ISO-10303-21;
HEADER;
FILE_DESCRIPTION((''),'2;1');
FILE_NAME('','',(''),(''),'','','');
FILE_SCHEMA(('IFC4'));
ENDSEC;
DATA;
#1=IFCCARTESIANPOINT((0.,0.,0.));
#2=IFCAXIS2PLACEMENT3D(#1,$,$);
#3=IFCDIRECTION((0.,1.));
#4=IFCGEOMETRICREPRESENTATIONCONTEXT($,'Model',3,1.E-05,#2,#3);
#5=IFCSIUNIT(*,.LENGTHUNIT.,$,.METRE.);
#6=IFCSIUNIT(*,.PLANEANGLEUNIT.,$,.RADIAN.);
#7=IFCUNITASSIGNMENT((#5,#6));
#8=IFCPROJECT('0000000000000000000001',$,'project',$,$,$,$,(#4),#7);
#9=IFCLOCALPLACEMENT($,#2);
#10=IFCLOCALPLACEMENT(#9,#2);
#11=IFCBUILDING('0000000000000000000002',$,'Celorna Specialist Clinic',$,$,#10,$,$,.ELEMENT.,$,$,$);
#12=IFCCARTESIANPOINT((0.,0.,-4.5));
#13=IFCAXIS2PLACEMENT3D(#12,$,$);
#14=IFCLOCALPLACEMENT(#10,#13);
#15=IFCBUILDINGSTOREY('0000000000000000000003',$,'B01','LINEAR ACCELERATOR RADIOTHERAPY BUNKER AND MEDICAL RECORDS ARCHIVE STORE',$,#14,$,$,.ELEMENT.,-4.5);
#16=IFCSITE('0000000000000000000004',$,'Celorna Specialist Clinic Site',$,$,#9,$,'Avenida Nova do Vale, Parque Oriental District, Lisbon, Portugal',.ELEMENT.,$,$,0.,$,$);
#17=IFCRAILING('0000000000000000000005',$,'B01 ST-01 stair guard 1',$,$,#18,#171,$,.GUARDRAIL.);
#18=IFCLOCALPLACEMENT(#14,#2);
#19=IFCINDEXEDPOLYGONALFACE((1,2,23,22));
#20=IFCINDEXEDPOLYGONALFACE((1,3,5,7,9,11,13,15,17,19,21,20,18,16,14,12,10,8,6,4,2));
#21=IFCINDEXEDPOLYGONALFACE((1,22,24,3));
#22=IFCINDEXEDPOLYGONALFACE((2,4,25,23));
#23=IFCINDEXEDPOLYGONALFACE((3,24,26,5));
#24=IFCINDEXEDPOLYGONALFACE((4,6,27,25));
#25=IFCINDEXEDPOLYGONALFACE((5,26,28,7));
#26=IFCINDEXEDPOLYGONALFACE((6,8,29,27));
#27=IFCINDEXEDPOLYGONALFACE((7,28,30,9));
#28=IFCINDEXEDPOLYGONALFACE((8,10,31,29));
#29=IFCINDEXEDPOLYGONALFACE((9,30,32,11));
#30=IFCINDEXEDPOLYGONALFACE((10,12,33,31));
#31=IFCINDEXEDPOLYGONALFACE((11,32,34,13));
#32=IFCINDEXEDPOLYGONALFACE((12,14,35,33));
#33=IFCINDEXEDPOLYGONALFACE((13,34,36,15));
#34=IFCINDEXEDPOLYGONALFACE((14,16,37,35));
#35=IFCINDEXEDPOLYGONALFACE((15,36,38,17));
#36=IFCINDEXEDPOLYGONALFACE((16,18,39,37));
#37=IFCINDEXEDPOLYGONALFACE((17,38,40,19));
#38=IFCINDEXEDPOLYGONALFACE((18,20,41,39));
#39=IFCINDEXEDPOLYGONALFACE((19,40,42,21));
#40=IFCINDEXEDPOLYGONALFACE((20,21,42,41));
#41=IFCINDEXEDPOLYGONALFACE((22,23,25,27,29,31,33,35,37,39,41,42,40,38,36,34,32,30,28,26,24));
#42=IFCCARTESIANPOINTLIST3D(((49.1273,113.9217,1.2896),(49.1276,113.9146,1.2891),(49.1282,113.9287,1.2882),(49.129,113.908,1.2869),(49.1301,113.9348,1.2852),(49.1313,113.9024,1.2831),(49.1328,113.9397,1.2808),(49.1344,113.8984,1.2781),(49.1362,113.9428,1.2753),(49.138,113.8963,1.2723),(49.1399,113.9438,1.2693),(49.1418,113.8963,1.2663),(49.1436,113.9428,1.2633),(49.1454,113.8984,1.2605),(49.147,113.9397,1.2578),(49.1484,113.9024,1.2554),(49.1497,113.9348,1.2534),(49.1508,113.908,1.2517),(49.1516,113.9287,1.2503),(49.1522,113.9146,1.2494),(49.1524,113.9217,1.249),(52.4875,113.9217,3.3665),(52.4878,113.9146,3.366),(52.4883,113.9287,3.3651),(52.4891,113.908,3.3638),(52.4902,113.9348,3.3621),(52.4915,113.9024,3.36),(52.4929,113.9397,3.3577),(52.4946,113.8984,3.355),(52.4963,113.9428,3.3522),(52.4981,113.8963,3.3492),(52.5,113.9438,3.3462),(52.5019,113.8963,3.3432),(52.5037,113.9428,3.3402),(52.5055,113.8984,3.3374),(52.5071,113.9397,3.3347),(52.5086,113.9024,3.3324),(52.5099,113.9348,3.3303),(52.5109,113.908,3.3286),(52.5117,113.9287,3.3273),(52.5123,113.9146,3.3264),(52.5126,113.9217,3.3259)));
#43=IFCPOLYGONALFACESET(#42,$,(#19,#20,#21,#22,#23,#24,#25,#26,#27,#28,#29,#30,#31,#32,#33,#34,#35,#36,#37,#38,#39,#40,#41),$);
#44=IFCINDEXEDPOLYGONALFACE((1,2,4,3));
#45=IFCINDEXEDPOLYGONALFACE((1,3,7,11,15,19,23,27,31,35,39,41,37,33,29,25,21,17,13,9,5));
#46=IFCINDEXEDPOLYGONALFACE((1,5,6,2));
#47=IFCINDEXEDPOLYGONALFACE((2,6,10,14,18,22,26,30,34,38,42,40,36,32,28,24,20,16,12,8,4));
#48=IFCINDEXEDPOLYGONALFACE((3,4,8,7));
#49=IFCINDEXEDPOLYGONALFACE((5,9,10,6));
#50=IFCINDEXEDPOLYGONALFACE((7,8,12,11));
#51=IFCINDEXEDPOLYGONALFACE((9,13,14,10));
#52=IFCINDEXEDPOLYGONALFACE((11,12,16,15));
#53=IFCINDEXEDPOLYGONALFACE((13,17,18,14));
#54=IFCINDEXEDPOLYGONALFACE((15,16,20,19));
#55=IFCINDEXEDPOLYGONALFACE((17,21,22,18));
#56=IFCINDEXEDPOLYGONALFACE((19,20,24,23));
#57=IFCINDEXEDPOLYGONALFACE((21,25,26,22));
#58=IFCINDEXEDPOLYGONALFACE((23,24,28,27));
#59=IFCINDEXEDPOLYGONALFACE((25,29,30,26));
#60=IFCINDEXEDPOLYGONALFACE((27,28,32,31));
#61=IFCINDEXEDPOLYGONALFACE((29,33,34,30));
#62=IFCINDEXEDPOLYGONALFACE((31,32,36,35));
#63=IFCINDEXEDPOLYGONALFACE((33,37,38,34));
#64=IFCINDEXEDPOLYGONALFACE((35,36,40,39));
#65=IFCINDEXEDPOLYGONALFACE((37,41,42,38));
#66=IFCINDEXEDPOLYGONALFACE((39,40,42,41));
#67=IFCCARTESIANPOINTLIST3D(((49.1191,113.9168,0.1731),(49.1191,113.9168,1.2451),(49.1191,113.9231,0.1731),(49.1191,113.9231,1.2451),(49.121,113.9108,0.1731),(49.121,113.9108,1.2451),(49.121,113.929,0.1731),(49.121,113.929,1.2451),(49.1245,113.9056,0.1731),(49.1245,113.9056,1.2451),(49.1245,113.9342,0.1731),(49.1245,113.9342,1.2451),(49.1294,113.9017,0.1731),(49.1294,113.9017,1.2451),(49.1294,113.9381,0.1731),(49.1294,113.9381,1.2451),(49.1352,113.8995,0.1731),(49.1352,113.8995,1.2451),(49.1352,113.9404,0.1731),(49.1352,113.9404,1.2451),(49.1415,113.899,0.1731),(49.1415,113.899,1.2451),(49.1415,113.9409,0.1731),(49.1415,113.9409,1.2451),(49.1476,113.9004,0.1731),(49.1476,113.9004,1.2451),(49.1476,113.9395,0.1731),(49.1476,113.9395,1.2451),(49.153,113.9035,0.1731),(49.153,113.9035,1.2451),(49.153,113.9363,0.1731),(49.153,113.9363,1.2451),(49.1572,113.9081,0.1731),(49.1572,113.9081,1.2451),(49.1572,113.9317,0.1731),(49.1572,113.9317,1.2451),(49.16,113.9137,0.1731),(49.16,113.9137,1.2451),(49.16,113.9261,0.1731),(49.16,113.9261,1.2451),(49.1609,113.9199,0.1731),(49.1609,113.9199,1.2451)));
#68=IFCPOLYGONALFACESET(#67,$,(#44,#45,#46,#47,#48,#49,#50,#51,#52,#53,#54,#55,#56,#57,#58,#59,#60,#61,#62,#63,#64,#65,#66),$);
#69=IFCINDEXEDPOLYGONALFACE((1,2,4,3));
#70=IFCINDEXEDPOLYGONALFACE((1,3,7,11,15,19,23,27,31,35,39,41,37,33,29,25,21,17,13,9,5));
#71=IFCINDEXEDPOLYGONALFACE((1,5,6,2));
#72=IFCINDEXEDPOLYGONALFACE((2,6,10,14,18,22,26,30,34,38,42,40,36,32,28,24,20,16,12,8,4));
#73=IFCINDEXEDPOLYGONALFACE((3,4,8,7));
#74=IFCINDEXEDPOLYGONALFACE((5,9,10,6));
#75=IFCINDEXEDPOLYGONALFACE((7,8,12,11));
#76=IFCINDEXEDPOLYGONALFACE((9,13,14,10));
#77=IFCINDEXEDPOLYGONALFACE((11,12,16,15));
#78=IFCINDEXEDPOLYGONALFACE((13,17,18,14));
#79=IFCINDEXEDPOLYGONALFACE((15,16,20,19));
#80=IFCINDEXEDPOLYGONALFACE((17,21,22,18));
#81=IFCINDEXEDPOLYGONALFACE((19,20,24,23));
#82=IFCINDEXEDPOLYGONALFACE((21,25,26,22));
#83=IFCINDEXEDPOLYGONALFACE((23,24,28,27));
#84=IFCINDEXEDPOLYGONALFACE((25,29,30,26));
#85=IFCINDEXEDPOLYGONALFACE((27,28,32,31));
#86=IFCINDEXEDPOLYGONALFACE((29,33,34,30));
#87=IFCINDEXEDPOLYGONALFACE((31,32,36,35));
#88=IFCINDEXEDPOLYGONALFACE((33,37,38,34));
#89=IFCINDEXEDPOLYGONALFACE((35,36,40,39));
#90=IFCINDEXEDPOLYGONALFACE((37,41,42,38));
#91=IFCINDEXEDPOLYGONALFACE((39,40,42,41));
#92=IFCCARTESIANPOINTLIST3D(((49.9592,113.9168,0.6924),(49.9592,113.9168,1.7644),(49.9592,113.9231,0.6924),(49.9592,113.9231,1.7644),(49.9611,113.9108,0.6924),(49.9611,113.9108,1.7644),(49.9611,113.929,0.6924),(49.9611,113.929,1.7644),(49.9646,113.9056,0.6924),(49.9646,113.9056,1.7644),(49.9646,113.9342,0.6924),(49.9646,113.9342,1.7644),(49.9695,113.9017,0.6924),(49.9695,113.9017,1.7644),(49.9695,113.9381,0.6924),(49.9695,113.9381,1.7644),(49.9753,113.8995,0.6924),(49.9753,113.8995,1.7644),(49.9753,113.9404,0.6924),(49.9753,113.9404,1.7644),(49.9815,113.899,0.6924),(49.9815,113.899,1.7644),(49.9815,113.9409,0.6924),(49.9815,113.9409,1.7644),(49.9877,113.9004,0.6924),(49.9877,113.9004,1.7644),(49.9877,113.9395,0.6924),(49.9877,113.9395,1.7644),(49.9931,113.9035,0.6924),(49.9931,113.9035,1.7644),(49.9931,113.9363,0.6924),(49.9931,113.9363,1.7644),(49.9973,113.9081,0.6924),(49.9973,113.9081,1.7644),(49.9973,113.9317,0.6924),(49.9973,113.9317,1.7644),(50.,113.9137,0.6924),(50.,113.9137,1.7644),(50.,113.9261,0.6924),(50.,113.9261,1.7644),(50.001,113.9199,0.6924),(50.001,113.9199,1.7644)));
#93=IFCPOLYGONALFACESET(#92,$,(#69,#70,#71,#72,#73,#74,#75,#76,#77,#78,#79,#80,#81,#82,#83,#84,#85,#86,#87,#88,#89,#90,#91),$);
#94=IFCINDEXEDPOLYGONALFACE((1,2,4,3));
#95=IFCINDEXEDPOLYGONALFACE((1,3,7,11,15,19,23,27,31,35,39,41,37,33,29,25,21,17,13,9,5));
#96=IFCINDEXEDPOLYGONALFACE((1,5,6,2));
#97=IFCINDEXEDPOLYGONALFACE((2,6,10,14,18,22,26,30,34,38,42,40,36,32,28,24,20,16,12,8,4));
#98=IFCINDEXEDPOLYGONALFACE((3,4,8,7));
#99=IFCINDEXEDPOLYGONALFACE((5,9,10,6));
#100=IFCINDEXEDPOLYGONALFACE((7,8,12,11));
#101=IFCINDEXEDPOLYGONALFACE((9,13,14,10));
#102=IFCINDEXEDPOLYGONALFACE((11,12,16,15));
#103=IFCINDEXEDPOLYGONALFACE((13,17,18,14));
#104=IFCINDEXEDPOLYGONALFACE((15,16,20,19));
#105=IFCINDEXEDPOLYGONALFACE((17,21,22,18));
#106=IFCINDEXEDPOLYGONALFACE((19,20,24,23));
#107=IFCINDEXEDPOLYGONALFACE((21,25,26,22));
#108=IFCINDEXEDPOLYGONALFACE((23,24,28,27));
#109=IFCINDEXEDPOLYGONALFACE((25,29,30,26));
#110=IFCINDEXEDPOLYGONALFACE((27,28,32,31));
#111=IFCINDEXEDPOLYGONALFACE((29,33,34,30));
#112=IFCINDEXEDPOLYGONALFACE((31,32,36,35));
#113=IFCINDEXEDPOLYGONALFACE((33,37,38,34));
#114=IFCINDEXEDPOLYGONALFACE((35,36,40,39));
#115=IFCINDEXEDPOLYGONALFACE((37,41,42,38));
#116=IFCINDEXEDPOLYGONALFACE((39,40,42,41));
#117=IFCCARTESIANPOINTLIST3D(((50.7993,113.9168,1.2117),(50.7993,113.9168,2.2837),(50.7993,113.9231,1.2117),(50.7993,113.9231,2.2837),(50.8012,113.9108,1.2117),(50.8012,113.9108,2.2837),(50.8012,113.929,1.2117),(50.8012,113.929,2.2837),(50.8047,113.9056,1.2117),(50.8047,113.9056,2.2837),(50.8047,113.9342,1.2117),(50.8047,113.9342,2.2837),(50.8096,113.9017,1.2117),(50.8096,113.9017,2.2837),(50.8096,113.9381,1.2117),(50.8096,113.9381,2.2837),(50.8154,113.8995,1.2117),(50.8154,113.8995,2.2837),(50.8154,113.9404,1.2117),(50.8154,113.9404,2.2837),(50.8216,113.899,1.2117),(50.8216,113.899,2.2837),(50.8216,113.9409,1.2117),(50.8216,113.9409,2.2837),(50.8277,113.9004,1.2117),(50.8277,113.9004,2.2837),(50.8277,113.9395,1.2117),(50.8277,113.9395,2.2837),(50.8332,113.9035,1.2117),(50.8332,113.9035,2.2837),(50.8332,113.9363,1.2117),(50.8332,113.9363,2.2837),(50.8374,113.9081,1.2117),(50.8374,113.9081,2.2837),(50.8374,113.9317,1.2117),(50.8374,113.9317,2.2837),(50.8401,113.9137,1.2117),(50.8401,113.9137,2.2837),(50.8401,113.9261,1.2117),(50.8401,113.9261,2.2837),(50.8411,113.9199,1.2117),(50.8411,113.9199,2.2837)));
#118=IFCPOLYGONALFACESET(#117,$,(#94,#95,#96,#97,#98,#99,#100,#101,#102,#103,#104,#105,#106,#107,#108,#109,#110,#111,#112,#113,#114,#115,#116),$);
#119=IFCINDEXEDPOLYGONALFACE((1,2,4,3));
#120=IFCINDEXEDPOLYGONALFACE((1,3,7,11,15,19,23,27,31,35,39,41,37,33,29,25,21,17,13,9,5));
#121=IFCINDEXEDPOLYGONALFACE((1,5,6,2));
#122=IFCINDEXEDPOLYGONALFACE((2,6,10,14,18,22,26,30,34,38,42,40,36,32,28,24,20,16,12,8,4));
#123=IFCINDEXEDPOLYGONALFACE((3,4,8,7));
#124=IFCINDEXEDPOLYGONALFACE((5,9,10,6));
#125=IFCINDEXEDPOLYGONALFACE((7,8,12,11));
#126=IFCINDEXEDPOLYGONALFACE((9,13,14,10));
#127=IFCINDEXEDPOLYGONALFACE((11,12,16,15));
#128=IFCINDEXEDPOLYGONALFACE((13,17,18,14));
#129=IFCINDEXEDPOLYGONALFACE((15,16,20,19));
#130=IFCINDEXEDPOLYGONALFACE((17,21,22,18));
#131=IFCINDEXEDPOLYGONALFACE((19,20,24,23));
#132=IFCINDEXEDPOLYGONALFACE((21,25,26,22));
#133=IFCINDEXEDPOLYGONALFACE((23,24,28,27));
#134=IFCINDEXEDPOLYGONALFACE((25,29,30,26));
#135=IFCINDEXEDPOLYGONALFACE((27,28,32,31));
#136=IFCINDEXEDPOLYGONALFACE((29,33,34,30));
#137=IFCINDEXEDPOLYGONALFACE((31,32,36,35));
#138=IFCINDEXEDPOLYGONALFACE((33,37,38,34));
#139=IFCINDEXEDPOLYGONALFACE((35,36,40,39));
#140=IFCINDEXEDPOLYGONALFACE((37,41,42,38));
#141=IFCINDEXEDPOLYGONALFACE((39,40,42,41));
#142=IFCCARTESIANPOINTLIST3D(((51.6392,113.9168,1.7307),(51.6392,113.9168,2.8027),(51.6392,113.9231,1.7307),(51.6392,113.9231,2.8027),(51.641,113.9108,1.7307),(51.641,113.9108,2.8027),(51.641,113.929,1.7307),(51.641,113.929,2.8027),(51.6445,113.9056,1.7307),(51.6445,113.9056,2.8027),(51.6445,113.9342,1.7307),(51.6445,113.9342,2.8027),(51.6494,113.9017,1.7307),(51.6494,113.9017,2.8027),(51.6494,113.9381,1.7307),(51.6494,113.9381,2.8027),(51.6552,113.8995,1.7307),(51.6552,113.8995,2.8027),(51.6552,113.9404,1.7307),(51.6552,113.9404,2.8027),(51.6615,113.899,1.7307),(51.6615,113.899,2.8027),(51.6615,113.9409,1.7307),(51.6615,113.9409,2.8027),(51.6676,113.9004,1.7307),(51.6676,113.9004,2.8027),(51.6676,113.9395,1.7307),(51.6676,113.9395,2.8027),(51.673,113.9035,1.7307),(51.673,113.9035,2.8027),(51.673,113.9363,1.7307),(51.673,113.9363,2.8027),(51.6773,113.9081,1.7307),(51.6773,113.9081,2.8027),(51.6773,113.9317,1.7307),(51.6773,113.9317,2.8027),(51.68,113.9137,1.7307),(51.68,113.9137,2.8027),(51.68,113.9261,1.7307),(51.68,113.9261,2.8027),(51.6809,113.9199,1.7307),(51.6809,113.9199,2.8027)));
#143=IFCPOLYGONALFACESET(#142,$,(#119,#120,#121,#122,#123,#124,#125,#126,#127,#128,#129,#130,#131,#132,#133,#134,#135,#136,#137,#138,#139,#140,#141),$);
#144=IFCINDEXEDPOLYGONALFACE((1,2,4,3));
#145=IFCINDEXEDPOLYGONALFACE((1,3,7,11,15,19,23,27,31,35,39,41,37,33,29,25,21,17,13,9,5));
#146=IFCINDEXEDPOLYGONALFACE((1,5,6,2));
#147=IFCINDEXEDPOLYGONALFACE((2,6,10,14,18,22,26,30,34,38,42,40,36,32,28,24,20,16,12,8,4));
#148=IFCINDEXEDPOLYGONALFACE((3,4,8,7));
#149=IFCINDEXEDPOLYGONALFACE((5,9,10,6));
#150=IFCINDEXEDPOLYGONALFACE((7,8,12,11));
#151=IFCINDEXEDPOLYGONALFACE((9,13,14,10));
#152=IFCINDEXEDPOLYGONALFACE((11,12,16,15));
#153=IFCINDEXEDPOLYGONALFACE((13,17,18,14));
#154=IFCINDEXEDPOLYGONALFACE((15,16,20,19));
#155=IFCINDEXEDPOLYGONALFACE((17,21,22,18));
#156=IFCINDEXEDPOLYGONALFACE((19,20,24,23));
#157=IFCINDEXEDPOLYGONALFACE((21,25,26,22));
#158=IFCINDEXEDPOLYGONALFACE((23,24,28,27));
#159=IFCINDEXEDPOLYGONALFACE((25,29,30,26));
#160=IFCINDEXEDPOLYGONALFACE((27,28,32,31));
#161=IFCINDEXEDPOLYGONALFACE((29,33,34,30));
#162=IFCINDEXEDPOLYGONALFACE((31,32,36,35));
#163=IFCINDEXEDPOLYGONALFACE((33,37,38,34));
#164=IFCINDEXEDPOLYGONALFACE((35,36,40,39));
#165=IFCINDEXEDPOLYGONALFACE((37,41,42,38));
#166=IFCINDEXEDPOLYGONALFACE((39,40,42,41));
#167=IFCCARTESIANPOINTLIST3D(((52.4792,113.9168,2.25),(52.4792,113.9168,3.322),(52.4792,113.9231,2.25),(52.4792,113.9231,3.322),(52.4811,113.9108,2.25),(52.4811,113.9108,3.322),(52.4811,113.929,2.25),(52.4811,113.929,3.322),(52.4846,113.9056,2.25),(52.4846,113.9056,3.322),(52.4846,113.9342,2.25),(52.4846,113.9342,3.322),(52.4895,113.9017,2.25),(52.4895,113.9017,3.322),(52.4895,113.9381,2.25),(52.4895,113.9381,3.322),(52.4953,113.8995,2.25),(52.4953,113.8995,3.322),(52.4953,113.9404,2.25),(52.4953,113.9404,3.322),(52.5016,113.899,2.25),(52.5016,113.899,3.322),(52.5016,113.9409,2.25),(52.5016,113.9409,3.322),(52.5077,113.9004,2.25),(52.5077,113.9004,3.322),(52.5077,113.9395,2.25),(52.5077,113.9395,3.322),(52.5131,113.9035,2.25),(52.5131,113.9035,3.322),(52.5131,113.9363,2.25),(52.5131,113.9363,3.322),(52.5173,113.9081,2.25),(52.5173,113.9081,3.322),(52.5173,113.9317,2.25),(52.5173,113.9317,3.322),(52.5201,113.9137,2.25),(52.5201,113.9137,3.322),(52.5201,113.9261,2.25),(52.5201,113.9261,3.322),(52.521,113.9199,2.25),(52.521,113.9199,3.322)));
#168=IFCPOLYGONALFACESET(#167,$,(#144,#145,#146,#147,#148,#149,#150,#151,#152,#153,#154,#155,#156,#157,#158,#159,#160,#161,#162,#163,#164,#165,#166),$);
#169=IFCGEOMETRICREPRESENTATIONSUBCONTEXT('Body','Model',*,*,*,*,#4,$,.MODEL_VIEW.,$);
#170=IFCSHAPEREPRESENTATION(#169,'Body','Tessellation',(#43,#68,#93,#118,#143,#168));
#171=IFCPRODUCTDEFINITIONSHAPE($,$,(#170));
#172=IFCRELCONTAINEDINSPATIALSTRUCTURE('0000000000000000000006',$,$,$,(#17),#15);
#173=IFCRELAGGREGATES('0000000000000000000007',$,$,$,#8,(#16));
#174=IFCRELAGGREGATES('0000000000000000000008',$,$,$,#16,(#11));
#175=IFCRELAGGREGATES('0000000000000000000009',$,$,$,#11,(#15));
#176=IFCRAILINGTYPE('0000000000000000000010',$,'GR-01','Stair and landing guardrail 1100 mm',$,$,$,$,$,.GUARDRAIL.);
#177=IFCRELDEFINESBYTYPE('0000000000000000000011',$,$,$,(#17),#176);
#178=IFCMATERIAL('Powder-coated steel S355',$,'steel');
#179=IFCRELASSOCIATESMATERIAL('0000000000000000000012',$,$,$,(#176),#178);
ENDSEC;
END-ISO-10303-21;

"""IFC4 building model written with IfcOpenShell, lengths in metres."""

from ifc_helpers import new_model, si_unit, direction, frame, origin, origin_2d, place, context, subcontext, project, spatial, circle, extrude, material, type_object, element, save


model = new_model("IFC4")

# Units and contexts
model_context = context("Model", 3, precision=1e-05, world=origin(), true_north=direction((0.0, 1.0)))
body_context = subcontext(model_context, "Body", "Model", "MODEL_VIEW")
ifc_project = project(units=[si_unit("LENGTHUNIT", "METRE"), si_unit("PLANEANGLEUNIT", "RADIAN")], contexts=[model_context])

# Site, building, storey
site_placement = place(None, origin())
site = spatial("IfcSite", under=ifc_project, at=site_placement, Name="Celorna Specialist Clinic Site", LongName="Avenida Nova do Vale, Parque Oriental District, Lisbon, Portugal", CompositionType="ELEMENT", RefElevation=0.0)
building_placement = place(site_placement, origin())
building = spatial("IfcBuilding", under=site, at=building_placement, Name="Celorna Specialist Clinic", CompositionType="ELEMENT")
storey_placement = place(building_placement, frame((0.0, 0.0, -4.5)))
storey = spatial("IfcBuildingStorey", under=building, at=storey_placement, Name="B01", Description="LINEAR ACCELERATOR RADIOTHERAPY BUNKER AND MEDICAL RECORDS ARCHIVE STORE", CompositionType="ELEMENT", Elevation=-4.5)

# Railing
ifc_material_1 = material(Name="Powder-coated steel S355", Category="steel")
railing_type_1 = type_object("IfcRailingType", Name="GR-01", Description="Stair and landing guardrail 1100 mm", PredefinedType="GUARDRAIL", material=ifc_material_1)
railing_1_placement = place(storey_placement, frame((49.1399, 113.9199, 0.1731)))
element("IfcRailing", 1, at=railing_1_placement, inside=storey, type_object=railing_type_1, Name="B01 ST-01 stair guard 1", PredefinedType="GUARDRAIL", context=body_context, shape_type="SweptSolid", body=[
    extrude(circle(Radius=0.0239, at=origin_2d()), frame((0.0, 0.0, 1.0962), z_axis=(0.850623, 0.0, 0.525776), x_axis=(0.0, 1.0, 0.0)), (0.0, 0.0, 1.0), 3.9502),
    extrude(circle(Radius=0.021, at=origin_2d()), origin(), (0.0, 0.0, 1.0), 1.072),
    extrude(circle(Radius=0.021, at=origin_2d()), frame((0.8401, 0.0, 0.5193)), (0.0, 0.0, 1.0), 1.072),
    extrude(circle(Radius=0.021, at=origin_2d()), frame((1.6802, 0.0, 1.0386)), (0.0, 0.0, 1.0), 1.072),
    extrude(circle(Radius=0.021, at=origin_2d()), frame((2.52, 0.0, 1.5576)), (0.0, 0.0, 1.0), 1.072),
    extrude(circle(Radius=0.021, at=origin_2d()), frame((3.3601, 0.0, 2.0769)), (0.0, 0.0, 1.0), 1.072),
])

save(model, "model.ifc")
